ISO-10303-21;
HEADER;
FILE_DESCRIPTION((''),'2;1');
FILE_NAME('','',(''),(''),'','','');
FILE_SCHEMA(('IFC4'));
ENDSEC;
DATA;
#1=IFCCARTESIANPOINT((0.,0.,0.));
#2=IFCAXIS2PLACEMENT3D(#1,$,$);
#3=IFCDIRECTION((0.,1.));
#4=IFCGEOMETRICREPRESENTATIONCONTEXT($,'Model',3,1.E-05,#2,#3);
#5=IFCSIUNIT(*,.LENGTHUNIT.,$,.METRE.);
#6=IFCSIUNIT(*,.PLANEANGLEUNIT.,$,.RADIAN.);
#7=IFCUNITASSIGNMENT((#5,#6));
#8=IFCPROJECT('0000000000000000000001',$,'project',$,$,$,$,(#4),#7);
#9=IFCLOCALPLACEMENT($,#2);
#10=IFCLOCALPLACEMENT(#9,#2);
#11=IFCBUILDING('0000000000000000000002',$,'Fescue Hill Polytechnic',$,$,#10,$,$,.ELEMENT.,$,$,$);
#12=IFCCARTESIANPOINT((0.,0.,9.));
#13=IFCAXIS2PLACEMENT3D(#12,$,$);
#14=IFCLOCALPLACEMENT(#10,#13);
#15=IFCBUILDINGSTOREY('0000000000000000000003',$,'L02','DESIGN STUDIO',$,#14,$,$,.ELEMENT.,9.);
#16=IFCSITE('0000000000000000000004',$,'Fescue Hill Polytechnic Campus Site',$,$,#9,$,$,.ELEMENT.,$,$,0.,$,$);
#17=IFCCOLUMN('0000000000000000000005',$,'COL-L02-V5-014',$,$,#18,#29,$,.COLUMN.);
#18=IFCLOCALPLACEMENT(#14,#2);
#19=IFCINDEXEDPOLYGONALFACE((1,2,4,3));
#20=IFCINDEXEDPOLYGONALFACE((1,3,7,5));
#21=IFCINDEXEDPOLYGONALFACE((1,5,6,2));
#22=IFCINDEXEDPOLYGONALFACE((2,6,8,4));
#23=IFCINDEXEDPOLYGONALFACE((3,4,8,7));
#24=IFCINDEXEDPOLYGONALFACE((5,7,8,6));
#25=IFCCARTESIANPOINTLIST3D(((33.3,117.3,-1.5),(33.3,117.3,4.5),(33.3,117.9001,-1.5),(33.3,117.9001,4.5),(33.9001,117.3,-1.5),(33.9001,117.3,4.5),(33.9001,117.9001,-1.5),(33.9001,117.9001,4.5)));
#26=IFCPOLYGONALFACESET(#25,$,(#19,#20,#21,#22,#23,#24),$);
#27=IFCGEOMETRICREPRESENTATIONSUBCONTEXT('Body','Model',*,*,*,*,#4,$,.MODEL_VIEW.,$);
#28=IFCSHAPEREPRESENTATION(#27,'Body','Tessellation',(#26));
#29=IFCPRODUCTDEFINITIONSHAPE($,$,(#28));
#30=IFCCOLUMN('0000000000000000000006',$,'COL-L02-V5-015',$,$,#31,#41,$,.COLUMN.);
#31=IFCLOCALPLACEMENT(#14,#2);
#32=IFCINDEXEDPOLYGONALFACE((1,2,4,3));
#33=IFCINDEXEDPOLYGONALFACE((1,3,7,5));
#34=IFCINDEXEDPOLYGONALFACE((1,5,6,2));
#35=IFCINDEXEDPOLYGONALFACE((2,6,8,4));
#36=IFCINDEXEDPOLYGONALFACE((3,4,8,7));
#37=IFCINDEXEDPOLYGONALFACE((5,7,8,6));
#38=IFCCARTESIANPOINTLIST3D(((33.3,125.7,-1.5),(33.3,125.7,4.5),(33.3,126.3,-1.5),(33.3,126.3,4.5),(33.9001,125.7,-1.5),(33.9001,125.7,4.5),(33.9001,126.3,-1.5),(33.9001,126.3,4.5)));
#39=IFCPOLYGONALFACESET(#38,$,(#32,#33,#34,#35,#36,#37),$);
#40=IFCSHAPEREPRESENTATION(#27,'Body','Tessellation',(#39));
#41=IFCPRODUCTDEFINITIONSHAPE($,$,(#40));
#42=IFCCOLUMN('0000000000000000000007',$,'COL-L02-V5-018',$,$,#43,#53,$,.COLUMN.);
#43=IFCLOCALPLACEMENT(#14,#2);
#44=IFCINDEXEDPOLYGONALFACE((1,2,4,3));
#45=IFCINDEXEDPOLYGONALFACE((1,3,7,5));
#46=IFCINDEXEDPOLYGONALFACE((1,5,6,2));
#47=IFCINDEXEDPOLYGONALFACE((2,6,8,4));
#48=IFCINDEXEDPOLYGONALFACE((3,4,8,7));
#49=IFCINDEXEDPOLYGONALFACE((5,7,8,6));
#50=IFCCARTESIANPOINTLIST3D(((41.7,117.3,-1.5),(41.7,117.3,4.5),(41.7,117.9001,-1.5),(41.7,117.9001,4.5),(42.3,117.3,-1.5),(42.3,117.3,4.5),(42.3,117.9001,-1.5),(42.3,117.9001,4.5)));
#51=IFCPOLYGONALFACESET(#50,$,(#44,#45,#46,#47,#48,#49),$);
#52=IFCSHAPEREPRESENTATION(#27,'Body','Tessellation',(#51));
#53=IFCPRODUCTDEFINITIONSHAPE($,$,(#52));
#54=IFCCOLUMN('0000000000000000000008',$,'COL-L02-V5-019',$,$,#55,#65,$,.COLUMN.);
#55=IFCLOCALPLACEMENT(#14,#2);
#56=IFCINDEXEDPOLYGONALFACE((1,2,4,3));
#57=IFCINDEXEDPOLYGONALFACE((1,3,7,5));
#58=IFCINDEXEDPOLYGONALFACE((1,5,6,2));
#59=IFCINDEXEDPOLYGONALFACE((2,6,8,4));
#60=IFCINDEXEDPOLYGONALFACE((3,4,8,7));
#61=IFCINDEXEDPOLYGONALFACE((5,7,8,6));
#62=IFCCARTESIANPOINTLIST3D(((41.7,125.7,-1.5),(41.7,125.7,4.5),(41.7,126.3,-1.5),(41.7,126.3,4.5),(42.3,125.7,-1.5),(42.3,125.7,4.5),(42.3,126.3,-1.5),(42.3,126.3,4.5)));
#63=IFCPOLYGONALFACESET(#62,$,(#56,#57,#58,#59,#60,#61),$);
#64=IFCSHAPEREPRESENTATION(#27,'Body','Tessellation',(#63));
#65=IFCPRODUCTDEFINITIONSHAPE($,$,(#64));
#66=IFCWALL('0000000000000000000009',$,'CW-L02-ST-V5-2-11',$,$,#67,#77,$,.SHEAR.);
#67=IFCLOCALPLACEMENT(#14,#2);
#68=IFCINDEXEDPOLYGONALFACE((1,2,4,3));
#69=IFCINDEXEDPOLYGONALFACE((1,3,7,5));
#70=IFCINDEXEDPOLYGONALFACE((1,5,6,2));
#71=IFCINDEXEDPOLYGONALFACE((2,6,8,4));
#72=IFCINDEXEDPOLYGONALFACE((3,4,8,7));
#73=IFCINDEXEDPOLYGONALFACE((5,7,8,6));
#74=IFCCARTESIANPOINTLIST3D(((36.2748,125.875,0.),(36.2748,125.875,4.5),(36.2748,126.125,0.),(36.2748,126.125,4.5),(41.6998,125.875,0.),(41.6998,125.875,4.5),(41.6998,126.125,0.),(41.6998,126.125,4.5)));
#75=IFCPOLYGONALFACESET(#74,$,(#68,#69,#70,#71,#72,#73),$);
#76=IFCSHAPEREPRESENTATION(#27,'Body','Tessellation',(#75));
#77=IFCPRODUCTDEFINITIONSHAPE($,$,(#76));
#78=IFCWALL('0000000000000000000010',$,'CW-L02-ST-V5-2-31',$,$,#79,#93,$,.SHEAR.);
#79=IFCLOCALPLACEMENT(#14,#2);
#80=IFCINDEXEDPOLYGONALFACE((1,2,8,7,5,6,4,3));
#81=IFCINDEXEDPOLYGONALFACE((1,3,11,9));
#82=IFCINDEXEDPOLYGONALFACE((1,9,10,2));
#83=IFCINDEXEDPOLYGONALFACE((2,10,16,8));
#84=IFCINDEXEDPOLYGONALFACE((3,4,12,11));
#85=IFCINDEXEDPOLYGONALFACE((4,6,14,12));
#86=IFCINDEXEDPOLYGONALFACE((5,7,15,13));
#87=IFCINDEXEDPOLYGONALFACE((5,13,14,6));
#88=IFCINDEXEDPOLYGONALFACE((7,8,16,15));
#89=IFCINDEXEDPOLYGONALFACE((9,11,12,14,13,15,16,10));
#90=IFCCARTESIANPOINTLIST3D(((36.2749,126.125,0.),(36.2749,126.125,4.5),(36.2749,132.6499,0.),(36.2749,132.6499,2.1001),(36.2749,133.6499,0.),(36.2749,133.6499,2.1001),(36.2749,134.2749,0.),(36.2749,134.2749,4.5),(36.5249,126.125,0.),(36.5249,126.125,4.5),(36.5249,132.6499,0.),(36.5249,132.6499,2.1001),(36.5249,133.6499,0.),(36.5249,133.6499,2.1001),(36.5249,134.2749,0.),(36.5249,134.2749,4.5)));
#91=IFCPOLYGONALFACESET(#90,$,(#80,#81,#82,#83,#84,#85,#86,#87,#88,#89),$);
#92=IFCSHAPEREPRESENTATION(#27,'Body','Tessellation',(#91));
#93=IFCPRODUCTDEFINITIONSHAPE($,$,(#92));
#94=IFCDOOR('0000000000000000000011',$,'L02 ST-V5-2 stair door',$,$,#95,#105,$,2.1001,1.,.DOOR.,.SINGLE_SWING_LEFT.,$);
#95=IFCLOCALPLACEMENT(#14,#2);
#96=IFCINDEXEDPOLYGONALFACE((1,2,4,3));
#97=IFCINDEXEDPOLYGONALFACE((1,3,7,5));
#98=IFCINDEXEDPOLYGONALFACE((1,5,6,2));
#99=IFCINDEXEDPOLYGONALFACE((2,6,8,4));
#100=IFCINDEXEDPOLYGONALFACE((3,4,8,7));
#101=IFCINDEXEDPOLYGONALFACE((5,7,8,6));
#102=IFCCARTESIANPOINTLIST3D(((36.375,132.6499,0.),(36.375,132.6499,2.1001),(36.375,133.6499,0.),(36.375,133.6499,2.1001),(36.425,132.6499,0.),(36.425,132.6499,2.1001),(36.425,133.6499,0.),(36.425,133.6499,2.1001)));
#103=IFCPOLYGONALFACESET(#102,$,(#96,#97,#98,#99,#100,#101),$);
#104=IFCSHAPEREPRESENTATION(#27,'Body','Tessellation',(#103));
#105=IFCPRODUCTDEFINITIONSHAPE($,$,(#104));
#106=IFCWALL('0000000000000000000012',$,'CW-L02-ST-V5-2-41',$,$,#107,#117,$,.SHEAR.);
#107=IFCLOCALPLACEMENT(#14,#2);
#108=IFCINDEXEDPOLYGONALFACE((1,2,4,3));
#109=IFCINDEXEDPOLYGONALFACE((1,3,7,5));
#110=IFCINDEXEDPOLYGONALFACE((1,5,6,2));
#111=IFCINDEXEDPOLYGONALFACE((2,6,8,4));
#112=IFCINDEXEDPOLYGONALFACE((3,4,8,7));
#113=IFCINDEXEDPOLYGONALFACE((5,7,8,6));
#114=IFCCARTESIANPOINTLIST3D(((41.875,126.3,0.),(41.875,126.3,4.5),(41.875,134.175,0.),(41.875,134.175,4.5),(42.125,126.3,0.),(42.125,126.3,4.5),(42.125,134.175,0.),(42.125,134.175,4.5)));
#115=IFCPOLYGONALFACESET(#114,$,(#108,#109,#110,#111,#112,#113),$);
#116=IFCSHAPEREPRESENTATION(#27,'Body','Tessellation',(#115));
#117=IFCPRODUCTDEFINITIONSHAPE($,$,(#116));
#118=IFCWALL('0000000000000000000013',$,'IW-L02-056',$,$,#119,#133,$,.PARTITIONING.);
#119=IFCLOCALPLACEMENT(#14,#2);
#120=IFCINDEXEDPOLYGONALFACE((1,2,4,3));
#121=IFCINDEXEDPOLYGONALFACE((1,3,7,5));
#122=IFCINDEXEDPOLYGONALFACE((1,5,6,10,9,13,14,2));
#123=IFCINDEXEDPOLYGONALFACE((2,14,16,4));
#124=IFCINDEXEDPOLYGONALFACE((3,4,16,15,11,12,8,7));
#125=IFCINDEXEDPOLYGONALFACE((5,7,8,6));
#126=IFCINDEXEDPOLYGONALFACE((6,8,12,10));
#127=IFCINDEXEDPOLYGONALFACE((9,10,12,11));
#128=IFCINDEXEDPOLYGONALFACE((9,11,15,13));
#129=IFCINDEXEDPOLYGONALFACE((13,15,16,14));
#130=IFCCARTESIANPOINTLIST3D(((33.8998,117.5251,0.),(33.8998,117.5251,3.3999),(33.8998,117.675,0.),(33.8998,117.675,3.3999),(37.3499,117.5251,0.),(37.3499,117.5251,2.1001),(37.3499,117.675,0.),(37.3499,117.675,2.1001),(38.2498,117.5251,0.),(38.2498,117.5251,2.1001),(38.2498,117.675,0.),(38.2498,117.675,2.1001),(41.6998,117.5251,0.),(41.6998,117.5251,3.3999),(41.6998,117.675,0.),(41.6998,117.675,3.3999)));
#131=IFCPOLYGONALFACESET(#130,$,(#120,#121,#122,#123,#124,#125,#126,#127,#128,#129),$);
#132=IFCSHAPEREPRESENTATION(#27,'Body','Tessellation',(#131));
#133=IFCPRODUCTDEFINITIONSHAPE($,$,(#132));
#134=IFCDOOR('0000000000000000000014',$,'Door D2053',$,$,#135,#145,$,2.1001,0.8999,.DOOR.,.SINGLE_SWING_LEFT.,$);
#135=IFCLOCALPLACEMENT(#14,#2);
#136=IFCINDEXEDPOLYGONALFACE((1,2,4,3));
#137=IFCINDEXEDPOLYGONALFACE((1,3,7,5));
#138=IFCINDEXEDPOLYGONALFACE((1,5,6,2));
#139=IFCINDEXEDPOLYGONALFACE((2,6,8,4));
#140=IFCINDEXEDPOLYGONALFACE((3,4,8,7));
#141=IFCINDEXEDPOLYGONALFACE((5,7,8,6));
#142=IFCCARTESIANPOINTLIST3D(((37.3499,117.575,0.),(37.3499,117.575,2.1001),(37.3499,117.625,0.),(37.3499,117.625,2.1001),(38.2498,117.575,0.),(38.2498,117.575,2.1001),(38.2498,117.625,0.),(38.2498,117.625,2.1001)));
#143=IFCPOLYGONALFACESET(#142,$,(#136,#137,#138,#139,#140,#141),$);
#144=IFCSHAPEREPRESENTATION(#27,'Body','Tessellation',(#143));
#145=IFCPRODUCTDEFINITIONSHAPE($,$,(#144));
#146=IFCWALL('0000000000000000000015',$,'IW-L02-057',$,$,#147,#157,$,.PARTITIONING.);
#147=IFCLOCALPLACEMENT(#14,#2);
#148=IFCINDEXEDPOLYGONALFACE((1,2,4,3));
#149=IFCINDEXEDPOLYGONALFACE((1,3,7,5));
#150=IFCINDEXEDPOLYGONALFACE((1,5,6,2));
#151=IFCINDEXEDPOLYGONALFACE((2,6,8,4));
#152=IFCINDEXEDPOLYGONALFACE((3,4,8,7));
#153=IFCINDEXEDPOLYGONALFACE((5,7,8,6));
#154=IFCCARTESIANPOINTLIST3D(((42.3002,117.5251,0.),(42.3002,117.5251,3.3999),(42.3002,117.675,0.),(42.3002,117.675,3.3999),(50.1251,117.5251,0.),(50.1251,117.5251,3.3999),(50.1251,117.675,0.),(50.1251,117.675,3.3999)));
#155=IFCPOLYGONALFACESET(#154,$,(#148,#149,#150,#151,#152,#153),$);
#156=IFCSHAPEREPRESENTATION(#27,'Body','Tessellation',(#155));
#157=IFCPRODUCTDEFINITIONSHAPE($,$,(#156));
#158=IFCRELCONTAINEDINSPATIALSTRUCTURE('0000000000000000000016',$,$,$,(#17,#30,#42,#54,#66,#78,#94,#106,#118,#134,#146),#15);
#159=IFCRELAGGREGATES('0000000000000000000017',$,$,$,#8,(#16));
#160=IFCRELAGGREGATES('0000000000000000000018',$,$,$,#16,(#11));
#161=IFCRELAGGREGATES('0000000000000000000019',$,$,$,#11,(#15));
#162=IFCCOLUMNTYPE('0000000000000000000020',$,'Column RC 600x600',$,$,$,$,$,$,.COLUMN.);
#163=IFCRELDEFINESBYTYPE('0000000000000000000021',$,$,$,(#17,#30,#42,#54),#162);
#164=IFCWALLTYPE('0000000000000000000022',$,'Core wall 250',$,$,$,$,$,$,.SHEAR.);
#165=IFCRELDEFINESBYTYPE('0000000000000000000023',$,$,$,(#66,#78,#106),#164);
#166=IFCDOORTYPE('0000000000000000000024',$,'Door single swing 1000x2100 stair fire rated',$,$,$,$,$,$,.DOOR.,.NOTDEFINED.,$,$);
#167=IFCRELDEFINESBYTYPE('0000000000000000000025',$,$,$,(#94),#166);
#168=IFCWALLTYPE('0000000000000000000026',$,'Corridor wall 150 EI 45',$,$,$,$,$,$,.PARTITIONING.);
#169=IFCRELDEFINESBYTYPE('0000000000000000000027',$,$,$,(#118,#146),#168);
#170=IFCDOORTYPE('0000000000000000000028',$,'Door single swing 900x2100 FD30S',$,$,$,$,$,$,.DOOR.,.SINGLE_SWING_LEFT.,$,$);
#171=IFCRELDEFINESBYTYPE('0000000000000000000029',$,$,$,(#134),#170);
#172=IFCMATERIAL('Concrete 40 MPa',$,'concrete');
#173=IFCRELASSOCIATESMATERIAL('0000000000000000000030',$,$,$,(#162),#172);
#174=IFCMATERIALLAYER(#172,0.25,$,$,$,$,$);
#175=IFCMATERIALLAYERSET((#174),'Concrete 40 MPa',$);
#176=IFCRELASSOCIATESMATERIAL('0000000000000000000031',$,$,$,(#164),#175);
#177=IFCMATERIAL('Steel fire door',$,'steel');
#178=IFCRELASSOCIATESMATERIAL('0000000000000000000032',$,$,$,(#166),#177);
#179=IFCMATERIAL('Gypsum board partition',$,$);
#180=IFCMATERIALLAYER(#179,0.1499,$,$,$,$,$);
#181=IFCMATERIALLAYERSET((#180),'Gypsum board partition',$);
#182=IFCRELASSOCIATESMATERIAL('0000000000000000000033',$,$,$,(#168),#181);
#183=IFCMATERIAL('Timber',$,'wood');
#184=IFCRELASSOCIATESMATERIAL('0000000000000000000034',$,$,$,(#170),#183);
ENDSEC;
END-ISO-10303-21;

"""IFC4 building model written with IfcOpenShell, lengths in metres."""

from ifc_helpers import new_model, si_unit, direction, frame, frame_2d, origin, origin_2d, place, context, subcontext, project, spatial, rectangle, extrude, material, layer, layer_set, material_profile, profile_set, type_object, element, fill, save


model = new_model("IFC4")

# Units and contexts
model_context = context("Model", 3, precision=1e-05, world=origin(), true_north=direction((0.0, 1.0)))
body_context = subcontext(model_context, "Body", "Model", "MODEL_VIEW")
ifc_project = project(units=[si_unit("LENGTHUNIT", "METRE"), si_unit("PLANEANGLEUNIT", "RADIAN")], contexts=[model_context])

# Site, building, storey
site_placement = place(None, origin())
site = spatial("IfcSite", under=ifc_project, at=site_placement, Name="Fescue Hill Polytechnic Campus Site", CompositionType="ELEMENT", RefElevation=0.0)
building_placement = place(site_placement, origin())
building = spatial("IfcBuilding", under=site, at=building_placement, Name="Fescue Hill Polytechnic", CompositionType="ELEMENT")
storey_placement = place(building_placement, frame((0.0, 0.0, 9.0)))
storey = spatial("IfcBuildingStorey", under=building, at=storey_placement, Name="L02", Description="DESIGN STUDIO", CompositionType="ELEMENT", Elevation=9.0)

# Columns
ifc_material_1 = material(Name="Concrete 40 MPa", Category="concrete")
ifc_material_profile = material_profile(ifc_material_1, rectangle(XDim=0.6001, YDim=0.6001, at=origin_2d()), Name="RC 600x600")
ifc_profile_set = profile_set([ifc_material_profile], Name="Concrete 40 MPa")
column_type = type_object("IfcColumnType", Name="Column RC 600x600", PredefinedType="COLUMN", material=ifc_profile_set)
for number, where, z_axis, x_axis, name in (
    (1, (33.6001, 117.6001, -1.5), (0.0, 0.0, 1.0), (1.0, 0.0, 0.0), "COL-L02-V5-014"),
    (2, (33.6001, 126.0, -1.5), (0.0, 0.0, 1.0), (1.0, 0.0, 0.0), "COL-L02-V5-015"),
    (3, (42.0, 117.6001, -1.5), (0.0, 0.0, 1.0), (1.0, 0.0, 0.0), "COL-L02-V5-018"),
    (4, (42.0, 126.0, -1.5), (0.0, 0.0, 1.0), (1.0, 0.0, 0.0), "COL-L02-V5-019"),
):
    element("IfcColumn", number, at=place(storey_placement, frame(where, z_axis=z_axis, x_axis=x_axis)), inside=storey, type_object=column_type, Name=name, PredefinedType="COLUMN", context=body_context, shape_type="SweptSolid", body=[
        extrude(rectangle(XDim=0.6001, YDim=0.6001, at=origin_2d()), origin(), (0.0, 0.0, 1.0), 6.0),
    ])

# Wall
ifc_layer_1 = layer(ifc_material_1, 0.25)
ifc_layer_set_1 = layer_set([ifc_layer_1], Name="Concrete 40 MPa")
wall_type_1 = type_object("IfcWallType", Name="Core wall 250", PredefinedType="SHEAR", material=ifc_layer_set_1)
wall_1_placement = place(storey_placement, frame((36.2749, 126.0, 0.0), z_axis=(0.0, 0.0, 1.0), x_axis=(1.0, 0.0, 0.0)))
element("IfcWall", 5, at=wall_1_placement, inside=storey, type_object=wall_type_1, Name="CW-L02-ST-V5-2-11", PredefinedType="SHEAR", context=body_context, shape_type="SweptSolid", body=[
    extrude(rectangle(XDim=5.425, YDim=0.25, at=frame_2d((2.7124, 0.0))), origin(), (0.0, 0.0, 1.0), 4.5),
])

# Wall, opening, door
wall_2_placement = place(storey_placement, frame((36.3999, 126.125, 0.0), z_axis=(0.0, 0.0, 1.0), x_axis=(0.0, 1.0, 0.0)))
wall_2 = element("IfcWall", 6, at=wall_2_placement, inside=storey, type_object=wall_type_1, Name="CW-L02-ST-V5-2-31", PredefinedType="SHEAR", context=body_context, shape_type="SweptSolid", body=[
    extrude(rectangle(XDim=8.1499, YDim=0.25, at=frame_2d((4.075, 0.0))), origin(), (0.0, 0.0, 1.0), 4.5),
])
opening_1_placement = place(wall_2_placement, frame((6.5249, 0.0, 0.0)))
opening_1 = element("IfcOpeningElement", 7, at=opening_1_placement, cuts=wall_2, PredefinedType="OPENING", context=body_context, shape_type="SweptSolid", body=[
    extrude(rectangle(XDim=1.0, YDim=2.1001, at=frame_2d((0.5, 1.05))), frame((0.0, 0.135, 0.0), z_axis=(0.0, -1.0, 0.0), x_axis=(1.0, 0.0, 0.0)), (0.0, 0.0, 1.0), 0.27),
])
ifc_material_2 = material(Name="Steel fire door", Category="steel")
door_type_1 = type_object("IfcDoorType", Name="Door single swing 1000x2100 stair fire rated", OperationType="NOTDEFINED", PredefinedType="DOOR", material=ifc_material_2)
door_1_placement = place(opening_1_placement, origin())
door_1 = element("IfcDoor", 8, at=door_1_placement, inside=storey, type_object=door_type_1, Name="L02 ST-V5-2 stair door", OperationType="SINGLE_SWING_LEFT", OverallHeight=2.1001, OverallWidth=1.0, PredefinedType="DOOR", context=body_context, shape_type="SweptSolid", body=[
    extrude(rectangle(XDim=1.0, YDim=2.1001, at=frame_2d((0.5, 1.05))), frame((0.0, 0.0249, 0.0), z_axis=(0.0, -1.0, 0.0), x_axis=(1.0, 0.0, 0.0)), (0.0, 0.0, 1.0), 0.05),
])
fill(opening_1, door_1)

# Wall
wall_3_placement = place(storey_placement, frame((42.0, 126.3, 0.0), z_axis=(0.0, 0.0, 1.0), x_axis=(0.0, 1.0, 0.0)))
element("IfcWall", 9, at=wall_3_placement, inside=storey, type_object=wall_type_1, Name="CW-L02-ST-V5-2-41", PredefinedType="SHEAR", context=body_context, shape_type="SweptSolid", body=[
    extrude(rectangle(XDim=7.875, YDim=0.25, at=frame_2d((3.9375, 0.0))), origin(), (0.0, 0.0, 1.0), 4.5),
])

# Wall, opening, door
ifc_material_3 = material(Name="Gypsum board partition")
ifc_layer_2 = layer(ifc_material_3, 0.1499)
ifc_layer_set_2 = layer_set([ifc_layer_2], Name="Gypsum board partition")
wall_type_2 = type_object("IfcWallType", Name="Corridor wall 150 EI 45", PredefinedType="PARTITIONING", material=ifc_layer_set_2)
wall_4_placement = place(storey_placement, frame((33.8999, 117.6001, 0.0), z_axis=(0.0, 0.0, 1.0), x_axis=(1.0, 0.0, 0.0)))
wall_4 = element("IfcWall", 10, at=wall_4_placement, inside=storey, type_object=wall_type_2, Name="IW-L02-056", PredefinedType="PARTITIONING", context=body_context, shape_type="SweptSolid", body=[
    extrude(rectangle(XDim=7.8, YDim=0.1499, at=frame_2d((3.8999, 0.0))), origin(), (0.0, 0.0, 1.0), 3.3999),
])
opening_2_placement = place(wall_4_placement, frame((3.45, 0.0, 0.0)))
opening_2 = element("IfcOpeningElement", 11, at=opening_2_placement, cuts=wall_4, PredefinedType="OPENING", context=body_context, shape_type="SweptSolid", body=[
    extrude(rectangle(XDim=0.8999, YDim=2.1001, at=frame_2d((0.45, 1.05))), frame((0.0, 0.085, 0.0), z_axis=(0.0, -1.0, 0.0), x_axis=(1.0, 0.0, 0.0)), (0.0, 0.0, 1.0), 0.1699),
])
ifc_material_4 = material(Name="Timber", Category="wood")
door_type_2 = type_object("IfcDoorType", Name="Door single swing 900x2100 FD30S", OperationType="SINGLE_SWING_LEFT", PredefinedType="DOOR", material=ifc_material_4)
door_2_placement = place(opening_2_placement, origin())
door_2 = element("IfcDoor", 12, at=door_2_placement, inside=storey, type_object=door_type_2, Name="Door D2053", OperationType="SINGLE_SWING_LEFT", OverallHeight=2.1001, OverallWidth=0.8999, PredefinedType="DOOR", context=body_context, shape_type="SweptSolid", body=[
    extrude(rectangle(XDim=0.8999, YDim=2.1001, at=frame_2d((0.45, 1.05))), frame((0.0, 0.0249, 0.0), z_axis=(0.0, -1.0, 0.0), x_axis=(1.0, 0.0, 0.0)), (0.0, 0.0, 1.0), 0.05),
])
fill(opening_2, door_2)

# Wall
wall_5_placement = place(storey_placement, frame((42.3, 117.6001, 0.0), z_axis=(0.0, 0.0, 1.0), x_axis=(1.0, 0.0, 0.0)))
element("IfcWall", 13, at=wall_5_placement, inside=storey, type_object=wall_type_2, Name="IW-L02-057", PredefinedType="PARTITIONING", context=body_context, shape_type="SweptSolid", body=[
    extrude(rectangle(XDim=7.825, YDim=0.1499, at=frame_2d((3.9126, 0.0))), origin(), (0.0, 0.0, 1.0), 3.3999),
])

save(model, "model.ifc")
